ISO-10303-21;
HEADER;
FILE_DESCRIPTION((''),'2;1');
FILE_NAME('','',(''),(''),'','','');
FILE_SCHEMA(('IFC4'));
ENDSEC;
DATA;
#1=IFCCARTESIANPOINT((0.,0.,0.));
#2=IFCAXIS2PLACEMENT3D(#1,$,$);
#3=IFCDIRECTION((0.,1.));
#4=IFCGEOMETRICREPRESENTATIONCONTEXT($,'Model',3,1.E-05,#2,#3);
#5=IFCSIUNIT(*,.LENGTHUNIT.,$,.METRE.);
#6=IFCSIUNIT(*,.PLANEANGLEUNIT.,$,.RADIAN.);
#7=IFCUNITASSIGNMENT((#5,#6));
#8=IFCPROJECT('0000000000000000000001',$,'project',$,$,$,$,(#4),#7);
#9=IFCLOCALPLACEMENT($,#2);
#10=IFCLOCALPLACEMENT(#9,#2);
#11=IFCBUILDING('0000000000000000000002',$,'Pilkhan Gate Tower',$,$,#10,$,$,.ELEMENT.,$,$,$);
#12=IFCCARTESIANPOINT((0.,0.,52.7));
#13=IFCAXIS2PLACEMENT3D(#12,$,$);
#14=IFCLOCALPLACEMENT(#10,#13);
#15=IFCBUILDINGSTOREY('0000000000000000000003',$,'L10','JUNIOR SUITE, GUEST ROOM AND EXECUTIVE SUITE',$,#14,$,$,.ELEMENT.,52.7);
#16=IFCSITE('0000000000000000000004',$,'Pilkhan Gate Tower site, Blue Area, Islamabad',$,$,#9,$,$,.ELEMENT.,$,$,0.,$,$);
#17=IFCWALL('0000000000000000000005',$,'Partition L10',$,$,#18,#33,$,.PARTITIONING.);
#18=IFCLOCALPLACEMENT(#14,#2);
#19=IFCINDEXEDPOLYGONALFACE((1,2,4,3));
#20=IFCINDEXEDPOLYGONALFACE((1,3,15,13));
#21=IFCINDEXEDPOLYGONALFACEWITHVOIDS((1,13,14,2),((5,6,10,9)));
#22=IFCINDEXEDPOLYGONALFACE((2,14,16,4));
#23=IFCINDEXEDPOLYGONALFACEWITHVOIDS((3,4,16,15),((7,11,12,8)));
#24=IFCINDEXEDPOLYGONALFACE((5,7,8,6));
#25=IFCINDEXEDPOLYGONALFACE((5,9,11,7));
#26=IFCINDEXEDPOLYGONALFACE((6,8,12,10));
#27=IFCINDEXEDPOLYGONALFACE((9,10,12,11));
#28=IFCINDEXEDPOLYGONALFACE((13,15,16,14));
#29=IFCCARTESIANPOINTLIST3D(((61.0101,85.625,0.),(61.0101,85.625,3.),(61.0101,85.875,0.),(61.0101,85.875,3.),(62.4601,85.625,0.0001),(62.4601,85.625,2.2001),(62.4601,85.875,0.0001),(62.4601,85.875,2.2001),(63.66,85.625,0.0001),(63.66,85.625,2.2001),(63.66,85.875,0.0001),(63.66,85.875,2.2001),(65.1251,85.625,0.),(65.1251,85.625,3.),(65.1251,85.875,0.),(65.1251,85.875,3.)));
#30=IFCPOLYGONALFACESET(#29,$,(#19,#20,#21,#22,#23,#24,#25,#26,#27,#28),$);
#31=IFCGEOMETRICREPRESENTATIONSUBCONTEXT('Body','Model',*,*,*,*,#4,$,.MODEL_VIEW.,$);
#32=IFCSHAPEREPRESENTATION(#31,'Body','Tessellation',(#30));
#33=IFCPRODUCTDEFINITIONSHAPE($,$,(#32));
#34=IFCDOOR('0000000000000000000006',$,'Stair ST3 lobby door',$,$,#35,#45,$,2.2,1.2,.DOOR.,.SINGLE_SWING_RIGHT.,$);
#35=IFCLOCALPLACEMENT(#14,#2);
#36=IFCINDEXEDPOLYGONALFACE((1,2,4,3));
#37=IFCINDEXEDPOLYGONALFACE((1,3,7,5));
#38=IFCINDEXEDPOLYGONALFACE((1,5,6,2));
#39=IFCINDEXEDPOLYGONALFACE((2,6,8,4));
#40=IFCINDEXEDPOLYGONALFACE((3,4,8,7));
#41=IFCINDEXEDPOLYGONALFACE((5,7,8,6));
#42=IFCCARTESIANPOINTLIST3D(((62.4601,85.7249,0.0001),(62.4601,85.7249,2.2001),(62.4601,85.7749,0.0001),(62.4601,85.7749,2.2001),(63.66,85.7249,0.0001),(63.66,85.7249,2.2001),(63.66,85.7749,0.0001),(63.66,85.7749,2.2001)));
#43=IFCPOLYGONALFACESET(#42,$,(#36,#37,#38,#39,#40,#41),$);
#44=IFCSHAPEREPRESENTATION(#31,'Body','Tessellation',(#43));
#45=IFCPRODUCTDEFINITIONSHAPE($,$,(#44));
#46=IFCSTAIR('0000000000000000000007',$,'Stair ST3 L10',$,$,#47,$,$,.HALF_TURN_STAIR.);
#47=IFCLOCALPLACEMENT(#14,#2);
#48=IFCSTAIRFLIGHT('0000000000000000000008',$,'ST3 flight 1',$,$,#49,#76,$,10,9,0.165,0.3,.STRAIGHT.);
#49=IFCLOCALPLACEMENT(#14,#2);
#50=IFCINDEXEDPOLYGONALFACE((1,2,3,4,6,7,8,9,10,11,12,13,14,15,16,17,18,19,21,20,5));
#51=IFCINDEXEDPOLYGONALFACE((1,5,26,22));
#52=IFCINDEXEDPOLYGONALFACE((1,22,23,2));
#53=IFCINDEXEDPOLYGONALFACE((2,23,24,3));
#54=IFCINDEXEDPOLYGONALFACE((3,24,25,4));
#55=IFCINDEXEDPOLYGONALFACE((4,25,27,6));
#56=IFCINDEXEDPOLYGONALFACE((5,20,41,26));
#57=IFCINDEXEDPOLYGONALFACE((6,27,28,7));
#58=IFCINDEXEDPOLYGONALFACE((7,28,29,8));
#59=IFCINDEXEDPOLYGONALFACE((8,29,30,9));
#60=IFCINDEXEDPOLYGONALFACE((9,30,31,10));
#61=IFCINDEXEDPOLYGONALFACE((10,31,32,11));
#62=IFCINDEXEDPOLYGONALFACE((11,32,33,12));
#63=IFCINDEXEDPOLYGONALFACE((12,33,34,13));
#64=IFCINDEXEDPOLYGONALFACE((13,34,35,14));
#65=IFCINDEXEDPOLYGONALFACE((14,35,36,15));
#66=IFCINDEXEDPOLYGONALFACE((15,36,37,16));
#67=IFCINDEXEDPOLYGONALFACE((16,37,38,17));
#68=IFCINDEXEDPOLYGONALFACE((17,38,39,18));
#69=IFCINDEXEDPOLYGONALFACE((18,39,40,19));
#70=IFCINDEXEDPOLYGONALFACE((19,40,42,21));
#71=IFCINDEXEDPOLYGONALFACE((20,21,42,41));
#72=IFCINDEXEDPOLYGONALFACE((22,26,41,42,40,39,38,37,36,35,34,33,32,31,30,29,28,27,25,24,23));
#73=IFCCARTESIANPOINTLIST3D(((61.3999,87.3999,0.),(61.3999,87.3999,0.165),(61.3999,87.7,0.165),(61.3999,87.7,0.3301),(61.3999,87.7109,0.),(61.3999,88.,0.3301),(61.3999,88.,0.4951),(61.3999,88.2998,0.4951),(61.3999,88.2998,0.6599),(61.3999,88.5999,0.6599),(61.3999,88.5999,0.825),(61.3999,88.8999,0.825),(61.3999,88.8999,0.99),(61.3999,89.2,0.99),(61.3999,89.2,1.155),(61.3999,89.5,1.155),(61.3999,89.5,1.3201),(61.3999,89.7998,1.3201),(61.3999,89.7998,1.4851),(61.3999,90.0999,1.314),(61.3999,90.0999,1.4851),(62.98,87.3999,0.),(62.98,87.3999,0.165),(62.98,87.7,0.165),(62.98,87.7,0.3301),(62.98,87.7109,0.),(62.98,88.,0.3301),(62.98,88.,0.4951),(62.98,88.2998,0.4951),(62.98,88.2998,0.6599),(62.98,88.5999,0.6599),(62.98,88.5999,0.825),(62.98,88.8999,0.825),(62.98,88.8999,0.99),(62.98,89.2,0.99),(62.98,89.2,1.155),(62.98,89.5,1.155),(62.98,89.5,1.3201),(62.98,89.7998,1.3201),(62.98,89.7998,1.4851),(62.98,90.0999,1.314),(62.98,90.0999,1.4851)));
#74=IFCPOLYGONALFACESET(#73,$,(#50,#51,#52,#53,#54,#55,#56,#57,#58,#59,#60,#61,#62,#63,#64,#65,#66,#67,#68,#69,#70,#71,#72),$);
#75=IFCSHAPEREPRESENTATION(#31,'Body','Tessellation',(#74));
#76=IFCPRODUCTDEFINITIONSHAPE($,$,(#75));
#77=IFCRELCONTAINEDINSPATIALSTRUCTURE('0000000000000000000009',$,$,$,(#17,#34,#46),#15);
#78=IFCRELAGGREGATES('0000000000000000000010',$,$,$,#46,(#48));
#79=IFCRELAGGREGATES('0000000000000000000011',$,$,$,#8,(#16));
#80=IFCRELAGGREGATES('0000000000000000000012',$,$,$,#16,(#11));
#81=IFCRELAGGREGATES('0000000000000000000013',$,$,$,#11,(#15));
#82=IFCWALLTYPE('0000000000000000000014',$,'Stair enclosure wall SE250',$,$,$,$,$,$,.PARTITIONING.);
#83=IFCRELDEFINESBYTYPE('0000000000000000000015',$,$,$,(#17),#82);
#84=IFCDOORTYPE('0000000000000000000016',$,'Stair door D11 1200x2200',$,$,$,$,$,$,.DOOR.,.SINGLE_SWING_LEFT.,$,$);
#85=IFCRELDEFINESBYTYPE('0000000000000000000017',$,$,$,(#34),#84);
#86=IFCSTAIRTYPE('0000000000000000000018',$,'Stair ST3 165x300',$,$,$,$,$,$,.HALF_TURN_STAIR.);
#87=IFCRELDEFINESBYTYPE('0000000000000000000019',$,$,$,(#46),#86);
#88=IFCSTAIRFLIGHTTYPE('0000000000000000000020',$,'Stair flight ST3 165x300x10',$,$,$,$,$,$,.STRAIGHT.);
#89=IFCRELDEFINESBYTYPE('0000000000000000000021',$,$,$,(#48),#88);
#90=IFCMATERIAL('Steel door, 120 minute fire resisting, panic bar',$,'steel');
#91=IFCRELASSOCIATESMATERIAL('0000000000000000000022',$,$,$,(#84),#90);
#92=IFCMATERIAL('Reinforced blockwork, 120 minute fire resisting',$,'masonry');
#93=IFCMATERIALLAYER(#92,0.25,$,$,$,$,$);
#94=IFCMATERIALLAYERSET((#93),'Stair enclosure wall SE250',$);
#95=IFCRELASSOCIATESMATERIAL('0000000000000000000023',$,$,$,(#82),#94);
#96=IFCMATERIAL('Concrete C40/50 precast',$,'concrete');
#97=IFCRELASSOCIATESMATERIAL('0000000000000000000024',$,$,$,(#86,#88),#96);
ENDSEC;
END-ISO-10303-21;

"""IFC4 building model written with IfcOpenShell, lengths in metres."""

from ifc_helpers import new_model, si_unit, direction, frame, frame_2d, origin, place, context, subcontext, project, spatial, polyline, rectangle, outline, extrude, material, layer, layer_set, type_object, element, fill, aggregate, save


model = new_model("IFC4")

# Units and contexts
model_context = context("Model", 3, precision=1e-05, world=origin(), true_north=direction((0.0, 1.0)))
body_context = subcontext(model_context, "Body", "Model", "MODEL_VIEW")
ifc_project = project(units=[si_unit("LENGTHUNIT", "METRE"), si_unit("PLANEANGLEUNIT", "RADIAN")], contexts=[model_context])

# Site, building, storey
site_placement = place(None, origin())
site = spatial("IfcSite", under=ifc_project, at=site_placement, Name="Pilkhan Gate Tower site, Blue Area, Islamabad", CompositionType="ELEMENT", RefElevation=0.0)
building_placement = place(site_placement, origin())
building = spatial("IfcBuilding", under=site, at=building_placement, Name="Pilkhan Gate Tower", CompositionType="ELEMENT")
storey_placement = place(building_placement, frame((0.0, 0.0, 52.7)))
storey = spatial("IfcBuildingStorey", under=building, at=storey_placement, Name="L10", Description="JUNIOR SUITE, GUEST ROOM AND EXECUTIVE SUITE", CompositionType="ELEMENT", Elevation=52.7)

# Shared definitions
ifc_material_1 = material(Name="Steel door, 120 minute fire resisting, panic bar", Category="steel")
door_type_1 = type_object("IfcDoorType", Name="Stair door D11 1200x2200", OperationType="SINGLE_SWING_LEFT", PredefinedType="DOOR", material=ifc_material_1)

# Wall, opening, door
ifc_material_2 = material(Name="Reinforced blockwork, 120 minute fire resisting", Category="masonry")
ifc_layer_1 = layer(ifc_material_2, 0.25)
ifc_layer_set_1 = layer_set([ifc_layer_1], Name="Stair enclosure wall SE250")
wall_type_1 = type_object("IfcWallType", Name="Stair enclosure wall SE250", PredefinedType="PARTITIONING", material=ifc_layer_set_1)
wall_1_placement = place(storey_placement, frame((61.01, 85.75, 0.0), z_axis=(0.0, 0.0, 1.0), x_axis=(1.0, 0.0, 0.0)))
wall_1 = element("IfcWall", 1, at=wall_1_placement, inside=storey, type_object=wall_type_1, Name="Partition L10", PredefinedType="PARTITIONING", context=body_context, shape_type="SweptSolid", body=[
    extrude(rectangle(XDim=4.115, YDim=0.25, at=frame_2d((2.0576, 0.0))), origin(), (0.0, 0.0, 1.0), 3.0),
])
opening_1_placement = place(wall_1_placement, frame((1.45, 0.0, 0.0)))
opening_1 = element("IfcOpeningElement", 2, at=opening_1_placement, cuts=wall_1, PredefinedType="OPENING", context=body_context, shape_type="SweptSolid", body=[
    extrude(rectangle(XDim=1.2, YDim=2.2, at=frame_2d((0.6001, 1.1001))), frame((0.0, 0.135, 0.0), z_axis=(0.0, -1.0, 0.0), x_axis=(1.0, 0.0, 0.0)), (0.0, 0.0, 1.0), 0.27),
])
door_1_placement = place(opening_1_placement, origin())
door_1 = element("IfcDoor", 3, at=door_1_placement, inside=storey, type_object=door_type_1, Name="Stair ST3 lobby door", OperationType="SINGLE_SWING_RIGHT", OverallHeight=2.2, OverallWidth=1.2, PredefinedType="DOOR", context=body_context, shape_type="SweptSolid", body=[
    extrude(rectangle(XDim=1.2, YDim=2.2, at=frame_2d((0.6001, 1.1001))), frame((0.0, 0.0249, 0.0), z_axis=(0.0, -1.0, 0.0), x_axis=(1.0, 0.0, 0.0)), (0.0, 0.0, 1.0), 0.05),
])
fill(opening_1, door_1)

# Stair, stair flight
ifc_material_3 = material(Name="Concrete C40/50 precast", Category="concrete")
stair_type = type_object("IfcStairType", Name="Stair ST3 165x300", PredefinedType="HALF_TURN_STAIR", material=ifc_material_3)
stair_placement = place(storey_placement, origin())
stair = element("IfcStair", 4, at=stair_placement, inside=storey, type_object=stair_type, Name="Stair ST3 L10", PredefinedType="HALF_TURN_STAIR")
stair_flight_type = type_object("IfcStairFlightType", Name="Stair flight ST3 165x300x10", PredefinedType="STRAIGHT", material=ifc_material_3)
stair_flight_placement = place(storey_placement, frame((62.1899, 87.3999, 0.0), z_axis=(0.0, 0.0, 1.0), x_axis=(0.0, 1.0, 0.0)))
stair_flight = element("IfcStairFlight", 5, at=stair_flight_placement, type_object=stair_flight_type, Name="ST3 flight 1", NumberOfRisers=10, NumberOfTreads=9, PredefinedType="STRAIGHT", RiserHeight=0.165, TreadLength=0.3, context=body_context, shape_type="SweptSolid", body=[
    extrude(outline(polyline([(0.0, 0.0), (0.0, 0.165), (0.3, 0.165), (0.3, 0.3301), (0.6001, 0.3301), (0.6001, 0.4951), (0.8999, 0.4951), (0.8999, 0.6599), (1.2, 0.6599), (1.2, 0.825), (1.5, 0.825), (1.5, 0.99), (1.8, 0.99), (1.8, 1.155), (2.1001, 1.155), (2.1001, 1.3201), (2.3999, 1.3201), (2.3999, 1.4851), (2.7, 1.4851), (2.7, 1.6499), (2.7, 1.314), (0.311, 0.0), (0.0, 0.0)])), frame((0.0, 0.79, 0.0), z_axis=(0.0, -1.0, 0.0), x_axis=(1.0, 0.0, 0.0)), (0.0, 0.0, 1.0), 1.5801),
])
aggregate(stair, [stair_flight])

save(model, "model.ifc")
